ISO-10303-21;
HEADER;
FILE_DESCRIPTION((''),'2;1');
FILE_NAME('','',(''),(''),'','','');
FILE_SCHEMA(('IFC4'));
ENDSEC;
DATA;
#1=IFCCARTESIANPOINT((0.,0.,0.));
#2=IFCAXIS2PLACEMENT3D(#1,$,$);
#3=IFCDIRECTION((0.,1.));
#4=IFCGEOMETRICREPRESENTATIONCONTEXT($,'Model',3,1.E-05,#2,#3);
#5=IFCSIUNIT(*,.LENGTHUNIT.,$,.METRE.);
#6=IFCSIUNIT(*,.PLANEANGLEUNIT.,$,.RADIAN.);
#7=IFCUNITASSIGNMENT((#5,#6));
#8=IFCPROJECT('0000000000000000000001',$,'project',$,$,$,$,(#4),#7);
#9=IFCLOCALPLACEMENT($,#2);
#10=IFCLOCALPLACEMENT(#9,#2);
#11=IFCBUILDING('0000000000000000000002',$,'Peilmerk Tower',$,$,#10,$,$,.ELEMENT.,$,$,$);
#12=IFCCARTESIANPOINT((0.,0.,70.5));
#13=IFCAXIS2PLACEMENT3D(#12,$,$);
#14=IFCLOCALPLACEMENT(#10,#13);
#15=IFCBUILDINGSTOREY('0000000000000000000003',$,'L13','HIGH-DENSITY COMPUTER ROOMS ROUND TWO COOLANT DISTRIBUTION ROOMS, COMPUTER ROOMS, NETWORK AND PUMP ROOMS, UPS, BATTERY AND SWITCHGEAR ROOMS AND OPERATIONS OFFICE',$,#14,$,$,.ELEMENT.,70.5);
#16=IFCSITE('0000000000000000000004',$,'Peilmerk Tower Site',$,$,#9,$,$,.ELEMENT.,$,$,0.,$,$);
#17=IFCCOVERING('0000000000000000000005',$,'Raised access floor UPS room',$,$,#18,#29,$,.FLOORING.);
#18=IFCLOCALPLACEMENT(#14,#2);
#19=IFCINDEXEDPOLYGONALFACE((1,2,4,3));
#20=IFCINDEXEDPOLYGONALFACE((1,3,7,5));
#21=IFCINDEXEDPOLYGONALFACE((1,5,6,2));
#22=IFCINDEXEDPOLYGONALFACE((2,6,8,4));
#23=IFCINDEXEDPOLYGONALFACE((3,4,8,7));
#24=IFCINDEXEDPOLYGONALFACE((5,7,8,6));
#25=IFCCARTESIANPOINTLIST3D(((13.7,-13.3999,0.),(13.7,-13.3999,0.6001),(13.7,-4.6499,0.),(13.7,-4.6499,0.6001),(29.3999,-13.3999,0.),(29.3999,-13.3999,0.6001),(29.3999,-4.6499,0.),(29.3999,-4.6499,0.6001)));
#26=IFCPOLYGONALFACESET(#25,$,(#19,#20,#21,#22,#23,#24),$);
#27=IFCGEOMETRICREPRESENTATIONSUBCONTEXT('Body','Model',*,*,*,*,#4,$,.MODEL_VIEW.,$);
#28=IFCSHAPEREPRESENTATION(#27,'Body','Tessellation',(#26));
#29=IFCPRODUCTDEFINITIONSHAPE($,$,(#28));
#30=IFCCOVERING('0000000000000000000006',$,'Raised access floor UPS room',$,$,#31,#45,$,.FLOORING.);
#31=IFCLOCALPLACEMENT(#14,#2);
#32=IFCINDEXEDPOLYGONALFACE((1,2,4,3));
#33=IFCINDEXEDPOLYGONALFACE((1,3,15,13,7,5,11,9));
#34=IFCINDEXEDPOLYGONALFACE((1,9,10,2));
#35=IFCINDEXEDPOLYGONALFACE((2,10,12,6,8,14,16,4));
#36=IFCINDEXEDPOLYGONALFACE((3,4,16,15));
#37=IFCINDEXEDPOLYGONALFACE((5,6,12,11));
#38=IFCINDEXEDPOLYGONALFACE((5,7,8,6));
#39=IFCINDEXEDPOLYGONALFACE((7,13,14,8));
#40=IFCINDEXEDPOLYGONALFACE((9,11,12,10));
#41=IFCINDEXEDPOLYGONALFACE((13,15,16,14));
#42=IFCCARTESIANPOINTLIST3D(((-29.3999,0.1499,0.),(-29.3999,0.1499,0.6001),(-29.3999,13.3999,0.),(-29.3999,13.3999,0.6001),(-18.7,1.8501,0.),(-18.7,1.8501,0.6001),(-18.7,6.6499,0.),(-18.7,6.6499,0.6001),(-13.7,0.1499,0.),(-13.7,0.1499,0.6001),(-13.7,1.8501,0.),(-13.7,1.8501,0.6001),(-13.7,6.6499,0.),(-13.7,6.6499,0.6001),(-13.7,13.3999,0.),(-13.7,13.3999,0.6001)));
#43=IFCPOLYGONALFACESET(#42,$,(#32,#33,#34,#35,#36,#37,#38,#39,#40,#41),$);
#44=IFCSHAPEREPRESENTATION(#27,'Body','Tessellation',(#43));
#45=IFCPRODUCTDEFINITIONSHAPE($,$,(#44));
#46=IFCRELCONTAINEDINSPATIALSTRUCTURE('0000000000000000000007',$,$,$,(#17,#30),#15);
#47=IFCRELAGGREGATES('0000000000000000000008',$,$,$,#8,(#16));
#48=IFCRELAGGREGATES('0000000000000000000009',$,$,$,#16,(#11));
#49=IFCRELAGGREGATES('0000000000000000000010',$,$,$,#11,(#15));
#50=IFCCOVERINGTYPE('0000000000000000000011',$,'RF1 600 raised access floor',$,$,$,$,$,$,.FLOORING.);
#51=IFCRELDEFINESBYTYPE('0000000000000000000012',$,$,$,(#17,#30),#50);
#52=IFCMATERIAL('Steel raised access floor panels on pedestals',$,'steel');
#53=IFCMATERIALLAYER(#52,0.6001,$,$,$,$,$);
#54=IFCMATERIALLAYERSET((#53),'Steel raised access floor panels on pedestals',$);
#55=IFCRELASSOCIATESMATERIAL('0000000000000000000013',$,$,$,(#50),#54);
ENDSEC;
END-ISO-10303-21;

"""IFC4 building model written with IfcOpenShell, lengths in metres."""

from ifc_helpers import new_model, si_unit, direction, frame, origin, place, context, subcontext, project, spatial, polyline, outline, extrude, material, layer, layer_set, type_object, element, save


model = new_model("IFC4")

# Units and contexts
model_context = context("Model", 3, precision=1e-05, world=origin(), true_north=direction((0.0, 1.0)))
body_context = subcontext(model_context, "Body", "Model", "MODEL_VIEW")
ifc_project = project(units=[si_unit("LENGTHUNIT", "METRE"), si_unit("PLANEANGLEUNIT", "RADIAN")], contexts=[model_context])

# Site, building, storey
site_placement = place(None, origin())
site = spatial("IfcSite", under=ifc_project, at=site_placement, Name="Peilmerk Tower Site", CompositionType="ELEMENT", RefElevation=0.0)
building_placement = place(site_placement, origin())
building = spatial("IfcBuilding", under=site, at=building_placement, Name="Peilmerk Tower", CompositionType="ELEMENT")
storey_placement = place(building_placement, frame((0.0, 0.0, 70.5)))
storey = spatial("IfcBuildingStorey", under=building, at=storey_placement, Name="L13", Description="HIGH-DENSITY COMPUTER ROOMS ROUND TWO COOLANT DISTRIBUTION ROOMS, COMPUTER ROOMS, NETWORK AND PUMP ROOMS, UPS, BATTERY AND SWITCHGEAR ROOMS AND OPERATIONS OFFICE", CompositionType="ELEMENT", Elevation=70.5)

# Coverings
ifc_material_1 = material(Name="Steel raised access floor panels on pedestals", Category="steel")
ifc_layer_1 = layer(ifc_material_1, 0.6001)
ifc_layer_set_1 = layer_set([ifc_layer_1], Name="Steel raised access floor panels on pedestals")
covering_type_1 = type_object("IfcCoveringType", Name="RF1 600 raised access floor", PredefinedType="FLOORING", material=ifc_layer_set_1)
covering_1_placement = place(storey_placement, origin())
element("IfcCovering", 1, at=covering_1_placement, inside=storey, type_object=covering_type_1, Name="Raised access floor UPS room", PredefinedType="FLOORING", context=body_context, shape_type="SweptSolid", body=[
    extrude(outline(polyline([(29.3999, -13.3999), (29.3999, -4.6499), (13.7, -4.6499), (13.7, -13.3999), (29.3999, -13.3999)])), origin(), (0.0, 0.0, 1.0), 0.6001),
])
covering_2_placement = place(storey_placement, origin())
element("IfcCovering", 2, at=covering_2_placement, inside=storey, type_object=covering_type_1, Name="Raised access floor UPS room", PredefinedType="FLOORING", context=body_context, shape_type="SweptSolid", body=[
    extrude(outline(polyline([(-13.7, 13.3999), (-29.3999, 13.3999), (-29.3999, 0.1499), (-13.7, 0.1499), (-13.7, 1.8501), (-18.7, 1.8501), (-18.7, 6.6499), (-13.7, 6.6499), (-13.7, 13.3999)])), origin(), (0.0, 0.0, 1.0), 0.6001),
])

save(model, "model.ifc")
